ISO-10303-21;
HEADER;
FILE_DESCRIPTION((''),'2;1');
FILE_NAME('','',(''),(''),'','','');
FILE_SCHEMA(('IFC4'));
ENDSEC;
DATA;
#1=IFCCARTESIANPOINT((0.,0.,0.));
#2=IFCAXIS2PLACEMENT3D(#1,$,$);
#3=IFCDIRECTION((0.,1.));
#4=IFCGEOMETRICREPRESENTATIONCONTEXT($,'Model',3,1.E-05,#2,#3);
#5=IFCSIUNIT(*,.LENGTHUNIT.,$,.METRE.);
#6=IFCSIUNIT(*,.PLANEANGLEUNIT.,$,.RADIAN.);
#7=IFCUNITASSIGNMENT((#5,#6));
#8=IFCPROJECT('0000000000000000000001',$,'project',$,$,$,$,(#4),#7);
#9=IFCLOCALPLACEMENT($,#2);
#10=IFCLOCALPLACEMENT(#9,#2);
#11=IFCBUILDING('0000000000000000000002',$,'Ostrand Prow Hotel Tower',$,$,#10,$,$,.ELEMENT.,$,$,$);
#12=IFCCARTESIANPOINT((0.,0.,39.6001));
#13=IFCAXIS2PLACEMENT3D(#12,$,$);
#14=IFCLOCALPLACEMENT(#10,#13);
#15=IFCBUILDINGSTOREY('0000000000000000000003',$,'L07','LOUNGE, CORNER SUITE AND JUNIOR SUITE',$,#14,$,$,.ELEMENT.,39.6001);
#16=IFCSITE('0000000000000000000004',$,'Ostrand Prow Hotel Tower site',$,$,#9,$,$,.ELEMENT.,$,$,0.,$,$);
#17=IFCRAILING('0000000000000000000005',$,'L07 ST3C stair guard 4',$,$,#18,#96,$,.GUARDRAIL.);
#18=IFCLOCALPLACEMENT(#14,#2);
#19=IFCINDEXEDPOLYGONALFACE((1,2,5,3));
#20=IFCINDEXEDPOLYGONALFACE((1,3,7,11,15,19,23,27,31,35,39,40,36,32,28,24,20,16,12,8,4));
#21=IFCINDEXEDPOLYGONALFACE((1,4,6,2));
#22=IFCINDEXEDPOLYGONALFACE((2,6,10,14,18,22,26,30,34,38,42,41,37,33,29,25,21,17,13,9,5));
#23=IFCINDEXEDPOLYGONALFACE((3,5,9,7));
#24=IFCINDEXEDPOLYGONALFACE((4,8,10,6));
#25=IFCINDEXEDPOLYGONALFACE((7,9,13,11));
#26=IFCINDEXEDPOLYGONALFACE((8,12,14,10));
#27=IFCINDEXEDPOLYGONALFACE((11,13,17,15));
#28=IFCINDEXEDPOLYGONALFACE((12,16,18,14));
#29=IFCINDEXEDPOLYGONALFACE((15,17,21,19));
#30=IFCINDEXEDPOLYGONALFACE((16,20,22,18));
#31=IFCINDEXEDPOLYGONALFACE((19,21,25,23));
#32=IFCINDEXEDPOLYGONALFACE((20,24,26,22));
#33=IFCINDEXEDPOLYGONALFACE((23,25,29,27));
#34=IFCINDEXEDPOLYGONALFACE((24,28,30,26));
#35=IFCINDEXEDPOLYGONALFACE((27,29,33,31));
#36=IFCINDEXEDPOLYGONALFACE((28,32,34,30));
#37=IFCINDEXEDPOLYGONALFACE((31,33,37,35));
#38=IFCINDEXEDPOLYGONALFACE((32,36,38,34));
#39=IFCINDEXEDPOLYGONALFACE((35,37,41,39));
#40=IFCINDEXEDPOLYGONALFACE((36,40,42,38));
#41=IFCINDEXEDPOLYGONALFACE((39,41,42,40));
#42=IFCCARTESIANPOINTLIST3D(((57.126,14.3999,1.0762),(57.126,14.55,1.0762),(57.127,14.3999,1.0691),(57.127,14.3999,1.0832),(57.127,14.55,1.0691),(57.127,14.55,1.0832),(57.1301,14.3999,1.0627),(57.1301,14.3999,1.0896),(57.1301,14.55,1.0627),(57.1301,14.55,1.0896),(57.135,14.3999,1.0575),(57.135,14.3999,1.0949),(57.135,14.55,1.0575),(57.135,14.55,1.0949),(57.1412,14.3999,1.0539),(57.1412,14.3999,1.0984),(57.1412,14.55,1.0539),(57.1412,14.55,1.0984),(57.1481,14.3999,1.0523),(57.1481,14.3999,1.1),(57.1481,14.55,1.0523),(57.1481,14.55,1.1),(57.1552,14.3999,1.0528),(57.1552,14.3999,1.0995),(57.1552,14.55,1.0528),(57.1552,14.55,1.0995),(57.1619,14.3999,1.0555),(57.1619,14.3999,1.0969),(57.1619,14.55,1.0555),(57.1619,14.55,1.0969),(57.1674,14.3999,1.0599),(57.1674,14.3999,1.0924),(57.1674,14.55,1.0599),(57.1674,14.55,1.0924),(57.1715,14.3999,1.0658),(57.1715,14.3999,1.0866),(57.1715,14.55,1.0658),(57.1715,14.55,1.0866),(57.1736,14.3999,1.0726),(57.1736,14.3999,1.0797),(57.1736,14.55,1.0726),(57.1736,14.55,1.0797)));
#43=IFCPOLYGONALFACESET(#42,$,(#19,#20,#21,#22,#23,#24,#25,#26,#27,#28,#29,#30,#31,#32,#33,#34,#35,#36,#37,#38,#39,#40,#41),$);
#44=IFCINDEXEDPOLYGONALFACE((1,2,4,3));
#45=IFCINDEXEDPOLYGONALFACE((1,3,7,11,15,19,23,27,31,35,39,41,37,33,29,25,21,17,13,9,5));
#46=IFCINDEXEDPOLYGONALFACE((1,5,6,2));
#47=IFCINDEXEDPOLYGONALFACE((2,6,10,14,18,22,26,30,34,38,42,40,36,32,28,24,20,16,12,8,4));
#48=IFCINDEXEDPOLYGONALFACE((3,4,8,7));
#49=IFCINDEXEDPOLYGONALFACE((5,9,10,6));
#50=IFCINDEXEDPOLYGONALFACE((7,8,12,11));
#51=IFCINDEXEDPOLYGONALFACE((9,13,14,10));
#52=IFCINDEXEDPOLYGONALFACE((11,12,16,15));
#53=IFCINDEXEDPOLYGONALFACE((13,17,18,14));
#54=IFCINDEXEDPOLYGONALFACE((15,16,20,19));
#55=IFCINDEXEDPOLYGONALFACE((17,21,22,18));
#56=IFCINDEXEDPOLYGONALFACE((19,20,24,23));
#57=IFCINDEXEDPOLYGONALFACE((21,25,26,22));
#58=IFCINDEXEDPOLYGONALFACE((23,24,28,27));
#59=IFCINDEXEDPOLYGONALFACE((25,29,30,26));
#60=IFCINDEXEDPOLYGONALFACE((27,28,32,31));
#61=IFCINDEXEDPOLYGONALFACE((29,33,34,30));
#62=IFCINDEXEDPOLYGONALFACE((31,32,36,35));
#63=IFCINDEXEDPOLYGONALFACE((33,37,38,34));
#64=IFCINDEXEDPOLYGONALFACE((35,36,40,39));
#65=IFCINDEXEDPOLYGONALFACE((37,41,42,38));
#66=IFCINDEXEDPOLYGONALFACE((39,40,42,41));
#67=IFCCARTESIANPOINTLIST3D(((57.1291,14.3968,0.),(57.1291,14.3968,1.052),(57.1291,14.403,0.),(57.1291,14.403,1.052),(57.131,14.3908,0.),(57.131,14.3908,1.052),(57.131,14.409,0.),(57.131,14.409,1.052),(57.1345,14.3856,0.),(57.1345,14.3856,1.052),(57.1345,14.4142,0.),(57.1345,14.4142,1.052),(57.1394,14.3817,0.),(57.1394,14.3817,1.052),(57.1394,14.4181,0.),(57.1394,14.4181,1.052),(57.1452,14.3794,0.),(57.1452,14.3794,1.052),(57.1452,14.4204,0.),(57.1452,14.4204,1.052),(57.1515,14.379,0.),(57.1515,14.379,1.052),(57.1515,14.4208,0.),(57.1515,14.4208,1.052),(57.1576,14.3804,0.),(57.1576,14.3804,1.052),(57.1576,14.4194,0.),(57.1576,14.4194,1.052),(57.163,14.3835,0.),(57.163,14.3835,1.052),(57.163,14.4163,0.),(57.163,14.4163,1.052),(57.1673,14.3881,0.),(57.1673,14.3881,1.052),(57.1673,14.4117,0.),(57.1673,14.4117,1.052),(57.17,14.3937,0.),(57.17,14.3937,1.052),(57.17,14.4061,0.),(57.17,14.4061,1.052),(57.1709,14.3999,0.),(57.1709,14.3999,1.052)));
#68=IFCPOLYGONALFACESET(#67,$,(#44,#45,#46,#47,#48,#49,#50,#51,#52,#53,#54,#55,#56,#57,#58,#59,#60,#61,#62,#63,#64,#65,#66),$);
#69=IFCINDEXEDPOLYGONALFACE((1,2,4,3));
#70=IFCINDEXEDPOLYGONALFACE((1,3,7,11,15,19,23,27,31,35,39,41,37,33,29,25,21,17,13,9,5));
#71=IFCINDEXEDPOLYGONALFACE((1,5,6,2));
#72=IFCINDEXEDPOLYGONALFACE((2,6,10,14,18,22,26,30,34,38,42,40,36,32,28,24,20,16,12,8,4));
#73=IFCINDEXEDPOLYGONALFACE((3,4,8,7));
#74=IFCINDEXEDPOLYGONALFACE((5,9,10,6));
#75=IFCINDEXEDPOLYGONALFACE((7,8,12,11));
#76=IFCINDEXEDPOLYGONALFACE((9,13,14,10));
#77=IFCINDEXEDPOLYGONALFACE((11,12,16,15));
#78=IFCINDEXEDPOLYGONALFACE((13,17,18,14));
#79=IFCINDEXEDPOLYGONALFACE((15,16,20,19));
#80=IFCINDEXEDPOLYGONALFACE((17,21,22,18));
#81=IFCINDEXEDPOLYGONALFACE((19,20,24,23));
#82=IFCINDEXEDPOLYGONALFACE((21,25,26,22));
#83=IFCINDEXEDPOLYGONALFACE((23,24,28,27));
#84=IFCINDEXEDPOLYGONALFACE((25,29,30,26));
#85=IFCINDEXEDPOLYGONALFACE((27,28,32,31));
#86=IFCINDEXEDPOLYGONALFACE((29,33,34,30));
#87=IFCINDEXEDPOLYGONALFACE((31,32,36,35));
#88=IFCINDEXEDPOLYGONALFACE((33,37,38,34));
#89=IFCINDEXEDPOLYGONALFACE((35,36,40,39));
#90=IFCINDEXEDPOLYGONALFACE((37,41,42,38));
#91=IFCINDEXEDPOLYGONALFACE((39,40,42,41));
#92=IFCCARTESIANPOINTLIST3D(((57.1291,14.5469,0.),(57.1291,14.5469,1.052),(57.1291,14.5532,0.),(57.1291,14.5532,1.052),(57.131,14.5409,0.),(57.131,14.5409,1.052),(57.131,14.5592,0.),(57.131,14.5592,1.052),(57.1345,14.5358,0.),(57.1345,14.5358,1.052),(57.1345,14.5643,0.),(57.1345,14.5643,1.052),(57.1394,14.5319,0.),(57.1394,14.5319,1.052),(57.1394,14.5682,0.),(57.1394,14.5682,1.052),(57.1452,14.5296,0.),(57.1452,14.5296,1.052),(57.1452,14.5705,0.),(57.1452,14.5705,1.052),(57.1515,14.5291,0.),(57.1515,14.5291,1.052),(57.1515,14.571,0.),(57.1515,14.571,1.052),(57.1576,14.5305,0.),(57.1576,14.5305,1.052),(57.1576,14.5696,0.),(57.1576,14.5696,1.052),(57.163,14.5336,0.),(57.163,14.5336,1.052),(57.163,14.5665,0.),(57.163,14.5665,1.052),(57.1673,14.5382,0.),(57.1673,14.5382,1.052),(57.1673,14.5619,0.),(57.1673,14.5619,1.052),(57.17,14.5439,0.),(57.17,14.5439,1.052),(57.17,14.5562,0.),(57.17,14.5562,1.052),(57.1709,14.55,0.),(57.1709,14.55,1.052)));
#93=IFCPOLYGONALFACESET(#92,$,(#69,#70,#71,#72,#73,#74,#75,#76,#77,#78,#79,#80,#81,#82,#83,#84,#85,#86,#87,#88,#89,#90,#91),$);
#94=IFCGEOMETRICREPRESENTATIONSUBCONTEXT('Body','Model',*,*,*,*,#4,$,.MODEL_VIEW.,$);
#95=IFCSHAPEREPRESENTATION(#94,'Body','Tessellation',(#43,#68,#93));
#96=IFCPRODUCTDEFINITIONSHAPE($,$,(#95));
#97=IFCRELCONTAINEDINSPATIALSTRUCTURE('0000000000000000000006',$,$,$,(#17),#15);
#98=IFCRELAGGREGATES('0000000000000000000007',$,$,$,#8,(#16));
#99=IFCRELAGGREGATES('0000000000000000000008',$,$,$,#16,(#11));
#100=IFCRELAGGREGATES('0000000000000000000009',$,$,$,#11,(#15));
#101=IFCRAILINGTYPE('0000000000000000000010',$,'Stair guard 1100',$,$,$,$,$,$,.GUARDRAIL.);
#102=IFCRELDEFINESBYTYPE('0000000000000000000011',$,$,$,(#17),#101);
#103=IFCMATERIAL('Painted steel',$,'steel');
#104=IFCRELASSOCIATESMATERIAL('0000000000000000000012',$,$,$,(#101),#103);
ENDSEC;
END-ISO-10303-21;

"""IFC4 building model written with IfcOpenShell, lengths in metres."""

from ifc_helpers import new_model, si_unit, direction, frame, origin, origin_2d, place, context, subcontext, project, spatial, circle, extrude, material, type_object, element, save


model = new_model("IFC4")

# Units and contexts
model_context = context("Model", 3, precision=1e-05, world=origin(), true_north=direction((0.0, 1.0)))
body_context = subcontext(model_context, "Body", "Model", "MODEL_VIEW")
ifc_project = project(units=[si_unit("LENGTHUNIT", "METRE"), si_unit("PLANEANGLEUNIT", "RADIAN")], contexts=[model_context])

# Site, building, storey
site_placement = place(None, origin())
site = spatial("IfcSite", under=ifc_project, at=site_placement, Name="Ostrand Prow Hotel Tower site", CompositionType="ELEMENT", RefElevation=0.0)
building_placement = place(site_placement, origin())
building = spatial("IfcBuilding", under=site, at=building_placement, Name="Ostrand Prow Hotel Tower", CompositionType="ELEMENT")
storey_placement = place(building_placement, frame((0.0, 0.0, 39.6001)))
storey = spatial("IfcBuildingStorey", under=building, at=storey_placement, Name="L07", Description="LOUNGE, CORNER SUITE AND JUNIOR SUITE", CompositionType="ELEMENT", Elevation=39.6001)

# Railing
ifc_material_1 = material(Name="Painted steel", Category="steel")
railing_type_1 = type_object("IfcRailingType", Name="Stair guard 1100", PredefinedType="GUARDRAIL", material=ifc_material_1)
railing_1_placement = place(storey_placement, frame((57.1499, 14.3999, 0.0)))
element("IfcRailing", 1, at=railing_1_placement, inside=storey, type_object=railing_type_1, Name="L07 ST3C stair guard 4", PredefinedType="GUARDRAIL", context=body_context, shape_type="SweptSolid", body=[
    extrude(circle(Radius=0.0239, at=origin_2d()), frame((0.0, 0.0, 1.0762), z_axis=(0.0, 1.0, 0.0), x_axis=(-1.0, 0.0, 0.0)), (0.0, 0.0, 1.0), 0.1501),
    extrude(circle(Radius=0.021, at=origin_2d()), origin(), (0.0, 0.0, 1.0), 1.052),
    extrude(circle(Radius=0.021, at=origin_2d()), frame((0.0, 0.1501, 0.0)), (0.0, 0.0, 1.0), 1.052),
])

save(model, "model.ifc")
